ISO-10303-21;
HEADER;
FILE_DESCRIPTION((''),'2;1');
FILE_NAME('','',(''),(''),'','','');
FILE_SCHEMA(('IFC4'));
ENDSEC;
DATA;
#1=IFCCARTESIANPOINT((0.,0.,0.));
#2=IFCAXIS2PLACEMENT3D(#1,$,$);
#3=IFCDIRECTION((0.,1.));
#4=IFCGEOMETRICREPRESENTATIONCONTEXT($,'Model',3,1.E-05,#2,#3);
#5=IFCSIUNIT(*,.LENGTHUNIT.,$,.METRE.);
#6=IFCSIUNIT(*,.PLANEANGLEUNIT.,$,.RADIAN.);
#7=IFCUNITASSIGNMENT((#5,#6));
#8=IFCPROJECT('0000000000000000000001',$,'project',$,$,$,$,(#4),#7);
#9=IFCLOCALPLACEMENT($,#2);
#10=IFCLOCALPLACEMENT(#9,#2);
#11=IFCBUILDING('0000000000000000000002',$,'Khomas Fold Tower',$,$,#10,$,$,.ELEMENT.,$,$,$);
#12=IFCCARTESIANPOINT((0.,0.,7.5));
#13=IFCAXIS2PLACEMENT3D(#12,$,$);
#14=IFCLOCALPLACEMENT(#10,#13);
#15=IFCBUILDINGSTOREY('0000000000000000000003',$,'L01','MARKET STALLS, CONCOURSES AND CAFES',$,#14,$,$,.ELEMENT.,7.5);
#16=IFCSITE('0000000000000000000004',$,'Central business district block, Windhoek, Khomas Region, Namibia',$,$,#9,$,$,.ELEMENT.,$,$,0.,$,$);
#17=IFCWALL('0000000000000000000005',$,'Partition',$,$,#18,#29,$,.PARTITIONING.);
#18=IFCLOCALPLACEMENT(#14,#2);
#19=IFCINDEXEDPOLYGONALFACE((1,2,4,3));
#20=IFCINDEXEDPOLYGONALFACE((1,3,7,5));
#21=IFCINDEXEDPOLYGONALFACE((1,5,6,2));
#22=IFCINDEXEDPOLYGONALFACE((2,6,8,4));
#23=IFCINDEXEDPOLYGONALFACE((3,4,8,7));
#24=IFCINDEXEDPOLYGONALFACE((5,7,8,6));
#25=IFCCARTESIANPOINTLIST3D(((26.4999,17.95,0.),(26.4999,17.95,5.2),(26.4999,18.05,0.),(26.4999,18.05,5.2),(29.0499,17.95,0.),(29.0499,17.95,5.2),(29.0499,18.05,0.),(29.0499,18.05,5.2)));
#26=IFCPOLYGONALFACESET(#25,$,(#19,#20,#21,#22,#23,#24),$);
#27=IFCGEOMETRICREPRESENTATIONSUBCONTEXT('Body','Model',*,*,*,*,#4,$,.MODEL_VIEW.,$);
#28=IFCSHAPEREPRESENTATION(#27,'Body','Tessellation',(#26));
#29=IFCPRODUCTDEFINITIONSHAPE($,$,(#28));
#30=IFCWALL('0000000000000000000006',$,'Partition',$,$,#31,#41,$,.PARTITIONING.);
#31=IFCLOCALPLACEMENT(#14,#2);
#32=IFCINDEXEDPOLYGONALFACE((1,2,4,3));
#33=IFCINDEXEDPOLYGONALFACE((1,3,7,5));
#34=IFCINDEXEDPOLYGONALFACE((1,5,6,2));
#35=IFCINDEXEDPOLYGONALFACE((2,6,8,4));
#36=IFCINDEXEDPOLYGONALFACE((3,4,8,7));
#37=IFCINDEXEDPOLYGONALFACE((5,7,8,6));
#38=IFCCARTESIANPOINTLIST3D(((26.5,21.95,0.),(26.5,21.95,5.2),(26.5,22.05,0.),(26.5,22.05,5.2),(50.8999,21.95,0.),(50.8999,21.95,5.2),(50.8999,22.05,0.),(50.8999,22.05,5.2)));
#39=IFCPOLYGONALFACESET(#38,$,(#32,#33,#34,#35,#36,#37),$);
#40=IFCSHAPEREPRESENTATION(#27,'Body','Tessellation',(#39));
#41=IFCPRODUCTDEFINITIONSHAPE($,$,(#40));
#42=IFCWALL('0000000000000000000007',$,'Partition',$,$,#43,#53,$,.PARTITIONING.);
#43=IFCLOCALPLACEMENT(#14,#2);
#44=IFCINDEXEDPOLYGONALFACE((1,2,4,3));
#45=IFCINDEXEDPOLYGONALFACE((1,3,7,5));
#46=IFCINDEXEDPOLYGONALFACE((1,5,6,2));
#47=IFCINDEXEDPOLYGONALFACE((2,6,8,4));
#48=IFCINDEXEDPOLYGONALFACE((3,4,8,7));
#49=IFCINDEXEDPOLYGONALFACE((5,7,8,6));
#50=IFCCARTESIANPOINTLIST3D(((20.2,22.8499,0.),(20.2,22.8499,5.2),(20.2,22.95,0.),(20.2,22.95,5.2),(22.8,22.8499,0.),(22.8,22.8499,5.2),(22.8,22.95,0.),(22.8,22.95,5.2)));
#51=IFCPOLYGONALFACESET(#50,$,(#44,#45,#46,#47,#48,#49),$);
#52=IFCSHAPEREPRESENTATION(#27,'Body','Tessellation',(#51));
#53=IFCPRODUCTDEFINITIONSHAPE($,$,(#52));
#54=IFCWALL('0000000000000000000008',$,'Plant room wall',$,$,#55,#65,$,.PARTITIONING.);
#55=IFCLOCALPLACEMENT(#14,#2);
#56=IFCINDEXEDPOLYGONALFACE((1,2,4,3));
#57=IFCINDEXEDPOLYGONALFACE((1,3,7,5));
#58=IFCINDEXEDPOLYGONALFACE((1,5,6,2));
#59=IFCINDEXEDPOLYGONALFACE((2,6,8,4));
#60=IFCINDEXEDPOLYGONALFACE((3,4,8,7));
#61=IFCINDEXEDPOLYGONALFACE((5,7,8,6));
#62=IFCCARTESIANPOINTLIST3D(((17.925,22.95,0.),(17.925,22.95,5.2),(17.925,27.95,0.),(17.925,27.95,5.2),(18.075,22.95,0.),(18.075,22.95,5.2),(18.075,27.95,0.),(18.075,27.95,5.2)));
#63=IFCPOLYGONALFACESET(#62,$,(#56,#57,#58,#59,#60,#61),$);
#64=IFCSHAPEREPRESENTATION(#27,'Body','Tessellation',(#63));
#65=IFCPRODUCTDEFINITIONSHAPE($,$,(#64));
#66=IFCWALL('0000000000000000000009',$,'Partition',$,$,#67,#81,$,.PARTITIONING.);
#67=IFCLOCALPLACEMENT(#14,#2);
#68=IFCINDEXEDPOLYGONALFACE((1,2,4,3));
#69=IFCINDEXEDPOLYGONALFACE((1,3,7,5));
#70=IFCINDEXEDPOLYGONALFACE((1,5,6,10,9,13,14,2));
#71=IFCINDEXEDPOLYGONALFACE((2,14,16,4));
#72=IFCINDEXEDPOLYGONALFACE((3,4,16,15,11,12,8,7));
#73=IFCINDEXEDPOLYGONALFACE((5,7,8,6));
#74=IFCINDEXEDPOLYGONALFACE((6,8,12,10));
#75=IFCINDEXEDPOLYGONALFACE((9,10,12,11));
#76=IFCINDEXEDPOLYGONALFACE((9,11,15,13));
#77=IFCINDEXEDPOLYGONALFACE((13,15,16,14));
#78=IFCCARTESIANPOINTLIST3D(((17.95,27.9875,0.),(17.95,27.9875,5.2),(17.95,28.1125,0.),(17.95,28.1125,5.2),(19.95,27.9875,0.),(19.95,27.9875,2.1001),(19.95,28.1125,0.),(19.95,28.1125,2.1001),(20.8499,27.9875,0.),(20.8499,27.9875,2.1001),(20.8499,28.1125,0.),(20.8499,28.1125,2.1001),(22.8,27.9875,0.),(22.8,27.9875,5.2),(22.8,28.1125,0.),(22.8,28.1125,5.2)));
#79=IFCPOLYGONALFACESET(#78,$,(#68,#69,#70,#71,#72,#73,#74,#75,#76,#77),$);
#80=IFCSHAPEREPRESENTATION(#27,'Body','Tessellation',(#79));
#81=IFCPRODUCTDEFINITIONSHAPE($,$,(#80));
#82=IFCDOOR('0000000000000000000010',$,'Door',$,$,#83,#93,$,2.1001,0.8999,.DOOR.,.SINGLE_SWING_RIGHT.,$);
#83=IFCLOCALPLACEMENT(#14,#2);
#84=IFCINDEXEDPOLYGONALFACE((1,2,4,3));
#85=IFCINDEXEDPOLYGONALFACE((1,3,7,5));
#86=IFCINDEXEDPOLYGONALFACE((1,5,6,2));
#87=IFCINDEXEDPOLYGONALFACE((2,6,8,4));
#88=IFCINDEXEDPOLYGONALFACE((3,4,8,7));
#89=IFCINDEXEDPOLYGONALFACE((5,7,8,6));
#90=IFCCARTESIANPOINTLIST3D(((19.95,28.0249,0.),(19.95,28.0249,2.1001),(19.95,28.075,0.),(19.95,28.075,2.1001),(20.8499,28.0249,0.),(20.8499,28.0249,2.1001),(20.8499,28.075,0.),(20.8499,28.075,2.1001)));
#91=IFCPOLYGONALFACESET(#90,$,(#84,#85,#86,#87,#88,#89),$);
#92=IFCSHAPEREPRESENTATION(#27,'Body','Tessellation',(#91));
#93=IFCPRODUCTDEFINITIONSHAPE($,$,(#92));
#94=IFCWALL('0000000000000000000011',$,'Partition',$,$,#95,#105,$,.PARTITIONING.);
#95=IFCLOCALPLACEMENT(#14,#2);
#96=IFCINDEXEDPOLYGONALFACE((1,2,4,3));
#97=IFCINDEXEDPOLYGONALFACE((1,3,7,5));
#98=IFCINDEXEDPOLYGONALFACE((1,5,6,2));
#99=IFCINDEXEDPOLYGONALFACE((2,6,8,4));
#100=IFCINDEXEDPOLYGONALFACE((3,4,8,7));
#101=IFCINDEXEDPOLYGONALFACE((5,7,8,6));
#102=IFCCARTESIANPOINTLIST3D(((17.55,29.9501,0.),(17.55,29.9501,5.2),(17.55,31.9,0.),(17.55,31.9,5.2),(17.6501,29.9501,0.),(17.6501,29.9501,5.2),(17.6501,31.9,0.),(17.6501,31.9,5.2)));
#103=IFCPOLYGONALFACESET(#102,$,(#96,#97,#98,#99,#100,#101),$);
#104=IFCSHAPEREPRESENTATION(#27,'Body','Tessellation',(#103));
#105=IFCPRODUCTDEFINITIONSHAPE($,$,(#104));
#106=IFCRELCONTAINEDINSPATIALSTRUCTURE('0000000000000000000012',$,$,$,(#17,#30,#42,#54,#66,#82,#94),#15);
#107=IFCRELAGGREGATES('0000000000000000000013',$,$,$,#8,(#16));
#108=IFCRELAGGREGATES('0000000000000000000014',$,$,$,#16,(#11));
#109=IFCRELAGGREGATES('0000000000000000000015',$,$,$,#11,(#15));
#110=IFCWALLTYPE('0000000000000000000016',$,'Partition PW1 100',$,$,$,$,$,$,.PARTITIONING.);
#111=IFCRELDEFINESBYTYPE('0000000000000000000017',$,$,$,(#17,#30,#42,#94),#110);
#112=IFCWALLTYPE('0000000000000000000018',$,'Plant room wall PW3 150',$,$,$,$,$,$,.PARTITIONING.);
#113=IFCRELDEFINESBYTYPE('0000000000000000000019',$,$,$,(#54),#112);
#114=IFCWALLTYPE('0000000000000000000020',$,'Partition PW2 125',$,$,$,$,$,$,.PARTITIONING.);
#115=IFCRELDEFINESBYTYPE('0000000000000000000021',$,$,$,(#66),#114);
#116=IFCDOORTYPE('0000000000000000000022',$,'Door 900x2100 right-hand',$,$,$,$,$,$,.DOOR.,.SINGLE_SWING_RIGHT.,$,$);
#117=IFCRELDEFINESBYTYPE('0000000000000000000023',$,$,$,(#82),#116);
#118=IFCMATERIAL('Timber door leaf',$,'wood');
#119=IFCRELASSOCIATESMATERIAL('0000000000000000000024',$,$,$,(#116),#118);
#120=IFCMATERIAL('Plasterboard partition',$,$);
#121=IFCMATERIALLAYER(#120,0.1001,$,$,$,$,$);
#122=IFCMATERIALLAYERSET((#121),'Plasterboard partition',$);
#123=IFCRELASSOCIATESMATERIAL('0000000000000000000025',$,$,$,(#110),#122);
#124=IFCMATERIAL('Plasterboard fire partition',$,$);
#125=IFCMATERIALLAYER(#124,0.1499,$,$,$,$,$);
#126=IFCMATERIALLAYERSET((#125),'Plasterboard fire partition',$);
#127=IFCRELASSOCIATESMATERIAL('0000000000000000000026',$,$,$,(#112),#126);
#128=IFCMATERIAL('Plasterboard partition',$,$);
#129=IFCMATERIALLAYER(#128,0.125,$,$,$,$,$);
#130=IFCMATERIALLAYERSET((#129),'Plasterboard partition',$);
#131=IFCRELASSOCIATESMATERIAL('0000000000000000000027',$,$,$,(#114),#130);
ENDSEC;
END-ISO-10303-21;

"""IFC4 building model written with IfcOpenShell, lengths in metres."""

from ifc_helpers import new_model, si_unit, direction, frame, frame_2d, origin, place, context, subcontext, project, spatial, rectangle, extrude, source, transform, mapped, material, layer, layer_set, type_object, element, fill, save


model = new_model("IFC4")

# Units and contexts
model_context = context("Model", 3, precision=1e-05, world=origin(), true_north=direction((0.0, 1.0)))
body_context = subcontext(model_context, "Body", "Model", "MODEL_VIEW")
ifc_project = project(units=[si_unit("LENGTHUNIT", "METRE"), si_unit("PLANEANGLEUNIT", "RADIAN")], contexts=[model_context])

# Site, building, storey
site_placement = place(None, origin())
site = spatial("IfcSite", under=ifc_project, at=site_placement, Name="Central business district block, Windhoek, Khomas Region, Namibia", CompositionType="ELEMENT", RefElevation=0.0)
building_placement = place(site_placement, origin())
building = spatial("IfcBuilding", under=site, at=building_placement, Name="Khomas Fold Tower", CompositionType="ELEMENT")
storey_placement = place(building_placement, frame((0.0, 0.0, 7.5)))
storey = spatial("IfcBuildingStorey", under=building, at=storey_placement, Name="L01", Description="MARKET STALLS, CONCOURSES AND CAFES", CompositionType="ELEMENT", Elevation=7.5)

# Shared definitions
ifc_material_1 = material(Name="Timber door leaf", Category="wood")
door_type_1 = type_object("IfcDoorType", Name="Door 900x2100 right-hand", OperationType="SINGLE_SWING_RIGHT", PredefinedType="DOOR", material=ifc_material_1)

# Walls
ifc_material_2 = material(Name="Plasterboard partition")
ifc_layer_1 = layer(ifc_material_2, 0.1001)
ifc_layer_set_1 = layer_set([ifc_layer_1], Name="Plasterboard partition")
wall_type_1 = type_object("IfcWallType", Name="Partition PW1 100", PredefinedType="PARTITIONING", material=ifc_layer_set_1)
shared_shape_1 = source(origin(), body_context, "Body", "SweptSolid", [
    extrude(rectangle(XDim=2.55, YDim=0.1001, at=frame_2d((1.2749, 0.0))), origin(), (0.0, 0.0, 1.0), 5.2),
])
wall_1_placement = place(storey_placement, frame((26.5, 18.0, 0.0), z_axis=(0.0, 0.0, 1.0), x_axis=(1.0, 0.0, 0.0)))
element("IfcWall", 1, at=wall_1_placement, inside=storey, type_object=wall_type_1, Name="Partition", PredefinedType="PARTITIONING", context=body_context, shape_type="MappedRepresentation", body=[
    mapped(shared_shape_1, transform((0.0, 0.0, 0.0))),
])
shared_shape_2 = source(origin(), body_context, "Body", "SweptSolid", [
    extrude(rectangle(XDim=24.3999, YDim=0.1001, at=frame_2d((12.2, 0.0))), origin(), (0.0, 0.0, 1.0), 5.2),
])
wall_2_placement = place(storey_placement, frame((26.5, 22.0, 0.0), z_axis=(0.0, 0.0, 1.0), x_axis=(1.0, 0.0, 0.0)))
element("IfcWall", 2, at=wall_2_placement, inside=storey, type_object=wall_type_1, Name="Partition", PredefinedType="PARTITIONING", context=body_context, shape_type="MappedRepresentation", body=[
    mapped(shared_shape_2, transform((0.0, 0.0, 0.0))),
])
shared_shape_3 = source(origin(), body_context, "Body", "SweptSolid", [
    extrude(rectangle(XDim=2.6001, YDim=0.1001, at=frame_2d((1.3, 0.0))), origin(), (0.0, 0.0, 1.0), 5.2),
])
wall_3_placement = place(storey_placement, frame((20.2, 22.8999, 0.0), z_axis=(0.0, 0.0, 1.0), x_axis=(1.0, 0.0, 0.0)))
element("IfcWall", 3, at=wall_3_placement, inside=storey, type_object=wall_type_1, Name="Partition", PredefinedType="PARTITIONING", context=body_context, shape_type="MappedRepresentation", body=[
    mapped(shared_shape_3, transform((0.0, 0.0, 0.0))),
])
ifc_material_3 = material(Name="Plasterboard fire partition")
ifc_layer_2 = layer(ifc_material_3, 0.1499)
ifc_layer_set_2 = layer_set([ifc_layer_2], Name="Plasterboard fire partition")
wall_type_2 = type_object("IfcWallType", Name="Plant room wall PW3 150", PredefinedType="PARTITIONING", material=ifc_layer_set_2)
shared_shape_4 = source(origin(), body_context, "Body", "SweptSolid", [
    extrude(rectangle(XDim=5.0, YDim=0.1499, at=frame_2d((2.5, 0.0))), origin(), (0.0, 0.0, 1.0), 5.2),
])
wall_4_placement = place(storey_placement, frame((18.0, 22.95, 0.0), z_axis=(0.0, 0.0, 1.0), x_axis=(0.0, 1.0, 0.0)))
element("IfcWall", 4, at=wall_4_placement, inside=storey, type_object=wall_type_2, Name="Plant room wall", PredefinedType="PARTITIONING", context=body_context, shape_type="MappedRepresentation", body=[
    mapped(shared_shape_4, transform((0.0, 0.0, 0.0))),
])

# Wall, opening, door
ifc_material_4 = material(Name="Plasterboard partition")
ifc_layer_3 = layer(ifc_material_4, 0.125)
ifc_layer_set_3 = layer_set([ifc_layer_3], Name="Plasterboard partition")
wall_type_3 = type_object("IfcWallType", Name="Partition PW2 125", PredefinedType="PARTITIONING", material=ifc_layer_set_3)
shared_shape_5 = source(origin(), body_context, "Body", "SweptSolid", [
    extrude(rectangle(XDim=4.8501, YDim=0.125, at=frame_2d((2.425, 0.0))), origin(), (0.0, 0.0, 1.0), 5.2),
])
wall_5_placement = place(storey_placement, frame((17.95, 28.05, 0.0), z_axis=(0.0, 0.0, 1.0), x_axis=(1.0, 0.0, 0.0)))
wall_5 = element("IfcWall", 5, at=wall_5_placement, inside=storey, type_object=wall_type_3, Name="Partition", PredefinedType="PARTITIONING", context=body_context, shape_type="MappedRepresentation", body=[
    mapped(shared_shape_5, transform((0.0, 0.0, 0.0))),
])
shared_shape_6 = source(origin(), body_context, "Body", "SweptSolid", [
    extrude(rectangle(XDim=0.8999, YDim=2.1001, at=frame_2d((0.45, 1.05))), frame((0.0, 0.0725, 0.0), z_axis=(0.0, -1.0, 0.0), x_axis=(1.0, 0.0, 0.0)), (0.0, 0.0, 1.0), 0.145),
])
opening_1_placement = place(wall_5_placement, frame((2.0, 0.0, 0.0)))
opening_1 = element("IfcOpeningElement", 6, at=opening_1_placement, cuts=wall_5, PredefinedType="OPENING", context=body_context, shape_type="MappedRepresentation", body=[
    mapped(shared_shape_6, transform((0.0, 0.0, 0.0))),
])
shared_shape_7 = source(origin(), body_context, "Body", "SweptSolid", [
    extrude(rectangle(XDim=0.8999, YDim=2.1001, at=frame_2d((0.45, 1.05))), frame((0.0, 0.0249, 0.0), z_axis=(0.0, -1.0, 0.0), x_axis=(1.0, 0.0, 0.0)), (0.0, 0.0, 1.0), 0.05),
])
door_1_placement = place(opening_1_placement, origin())
door_1 = element("IfcDoor", 7, at=door_1_placement, inside=storey, type_object=door_type_1, Name="Door", OperationType="SINGLE_SWING_RIGHT", OverallHeight=2.1001, OverallWidth=0.8999, PredefinedType="DOOR", context=body_context, shape_type="MappedRepresentation", body=[
    mapped(shared_shape_7, transform((0.0, 0.0, 0.0))),
])
fill(opening_1, door_1)

# Wall
shared_shape_8 = source(origin(), body_context, "Body", "SweptSolid", [
    extrude(rectangle(XDim=1.95, YDim=0.1001, at=frame_2d((0.9751, 0.0))), origin(), (0.0, 0.0, 1.0), 5.2),
])
wall_6_placement = place(storey_placement, frame((17.6001, 29.95, 0.0), z_axis=(0.0, 0.0, 1.0), x_axis=(0.0, 1.0, 0.0)))
element("IfcWall", 8, at=wall_6_placement, inside=storey, type_object=wall_type_1, Name="Partition", PredefinedType="PARTITIONING", context=body_context, shape_type="MappedRepresentation", body=[
    mapped(shared_shape_8, transform((0.0, 0.0, 0.0))),
])

save(model, "model.ifc")
